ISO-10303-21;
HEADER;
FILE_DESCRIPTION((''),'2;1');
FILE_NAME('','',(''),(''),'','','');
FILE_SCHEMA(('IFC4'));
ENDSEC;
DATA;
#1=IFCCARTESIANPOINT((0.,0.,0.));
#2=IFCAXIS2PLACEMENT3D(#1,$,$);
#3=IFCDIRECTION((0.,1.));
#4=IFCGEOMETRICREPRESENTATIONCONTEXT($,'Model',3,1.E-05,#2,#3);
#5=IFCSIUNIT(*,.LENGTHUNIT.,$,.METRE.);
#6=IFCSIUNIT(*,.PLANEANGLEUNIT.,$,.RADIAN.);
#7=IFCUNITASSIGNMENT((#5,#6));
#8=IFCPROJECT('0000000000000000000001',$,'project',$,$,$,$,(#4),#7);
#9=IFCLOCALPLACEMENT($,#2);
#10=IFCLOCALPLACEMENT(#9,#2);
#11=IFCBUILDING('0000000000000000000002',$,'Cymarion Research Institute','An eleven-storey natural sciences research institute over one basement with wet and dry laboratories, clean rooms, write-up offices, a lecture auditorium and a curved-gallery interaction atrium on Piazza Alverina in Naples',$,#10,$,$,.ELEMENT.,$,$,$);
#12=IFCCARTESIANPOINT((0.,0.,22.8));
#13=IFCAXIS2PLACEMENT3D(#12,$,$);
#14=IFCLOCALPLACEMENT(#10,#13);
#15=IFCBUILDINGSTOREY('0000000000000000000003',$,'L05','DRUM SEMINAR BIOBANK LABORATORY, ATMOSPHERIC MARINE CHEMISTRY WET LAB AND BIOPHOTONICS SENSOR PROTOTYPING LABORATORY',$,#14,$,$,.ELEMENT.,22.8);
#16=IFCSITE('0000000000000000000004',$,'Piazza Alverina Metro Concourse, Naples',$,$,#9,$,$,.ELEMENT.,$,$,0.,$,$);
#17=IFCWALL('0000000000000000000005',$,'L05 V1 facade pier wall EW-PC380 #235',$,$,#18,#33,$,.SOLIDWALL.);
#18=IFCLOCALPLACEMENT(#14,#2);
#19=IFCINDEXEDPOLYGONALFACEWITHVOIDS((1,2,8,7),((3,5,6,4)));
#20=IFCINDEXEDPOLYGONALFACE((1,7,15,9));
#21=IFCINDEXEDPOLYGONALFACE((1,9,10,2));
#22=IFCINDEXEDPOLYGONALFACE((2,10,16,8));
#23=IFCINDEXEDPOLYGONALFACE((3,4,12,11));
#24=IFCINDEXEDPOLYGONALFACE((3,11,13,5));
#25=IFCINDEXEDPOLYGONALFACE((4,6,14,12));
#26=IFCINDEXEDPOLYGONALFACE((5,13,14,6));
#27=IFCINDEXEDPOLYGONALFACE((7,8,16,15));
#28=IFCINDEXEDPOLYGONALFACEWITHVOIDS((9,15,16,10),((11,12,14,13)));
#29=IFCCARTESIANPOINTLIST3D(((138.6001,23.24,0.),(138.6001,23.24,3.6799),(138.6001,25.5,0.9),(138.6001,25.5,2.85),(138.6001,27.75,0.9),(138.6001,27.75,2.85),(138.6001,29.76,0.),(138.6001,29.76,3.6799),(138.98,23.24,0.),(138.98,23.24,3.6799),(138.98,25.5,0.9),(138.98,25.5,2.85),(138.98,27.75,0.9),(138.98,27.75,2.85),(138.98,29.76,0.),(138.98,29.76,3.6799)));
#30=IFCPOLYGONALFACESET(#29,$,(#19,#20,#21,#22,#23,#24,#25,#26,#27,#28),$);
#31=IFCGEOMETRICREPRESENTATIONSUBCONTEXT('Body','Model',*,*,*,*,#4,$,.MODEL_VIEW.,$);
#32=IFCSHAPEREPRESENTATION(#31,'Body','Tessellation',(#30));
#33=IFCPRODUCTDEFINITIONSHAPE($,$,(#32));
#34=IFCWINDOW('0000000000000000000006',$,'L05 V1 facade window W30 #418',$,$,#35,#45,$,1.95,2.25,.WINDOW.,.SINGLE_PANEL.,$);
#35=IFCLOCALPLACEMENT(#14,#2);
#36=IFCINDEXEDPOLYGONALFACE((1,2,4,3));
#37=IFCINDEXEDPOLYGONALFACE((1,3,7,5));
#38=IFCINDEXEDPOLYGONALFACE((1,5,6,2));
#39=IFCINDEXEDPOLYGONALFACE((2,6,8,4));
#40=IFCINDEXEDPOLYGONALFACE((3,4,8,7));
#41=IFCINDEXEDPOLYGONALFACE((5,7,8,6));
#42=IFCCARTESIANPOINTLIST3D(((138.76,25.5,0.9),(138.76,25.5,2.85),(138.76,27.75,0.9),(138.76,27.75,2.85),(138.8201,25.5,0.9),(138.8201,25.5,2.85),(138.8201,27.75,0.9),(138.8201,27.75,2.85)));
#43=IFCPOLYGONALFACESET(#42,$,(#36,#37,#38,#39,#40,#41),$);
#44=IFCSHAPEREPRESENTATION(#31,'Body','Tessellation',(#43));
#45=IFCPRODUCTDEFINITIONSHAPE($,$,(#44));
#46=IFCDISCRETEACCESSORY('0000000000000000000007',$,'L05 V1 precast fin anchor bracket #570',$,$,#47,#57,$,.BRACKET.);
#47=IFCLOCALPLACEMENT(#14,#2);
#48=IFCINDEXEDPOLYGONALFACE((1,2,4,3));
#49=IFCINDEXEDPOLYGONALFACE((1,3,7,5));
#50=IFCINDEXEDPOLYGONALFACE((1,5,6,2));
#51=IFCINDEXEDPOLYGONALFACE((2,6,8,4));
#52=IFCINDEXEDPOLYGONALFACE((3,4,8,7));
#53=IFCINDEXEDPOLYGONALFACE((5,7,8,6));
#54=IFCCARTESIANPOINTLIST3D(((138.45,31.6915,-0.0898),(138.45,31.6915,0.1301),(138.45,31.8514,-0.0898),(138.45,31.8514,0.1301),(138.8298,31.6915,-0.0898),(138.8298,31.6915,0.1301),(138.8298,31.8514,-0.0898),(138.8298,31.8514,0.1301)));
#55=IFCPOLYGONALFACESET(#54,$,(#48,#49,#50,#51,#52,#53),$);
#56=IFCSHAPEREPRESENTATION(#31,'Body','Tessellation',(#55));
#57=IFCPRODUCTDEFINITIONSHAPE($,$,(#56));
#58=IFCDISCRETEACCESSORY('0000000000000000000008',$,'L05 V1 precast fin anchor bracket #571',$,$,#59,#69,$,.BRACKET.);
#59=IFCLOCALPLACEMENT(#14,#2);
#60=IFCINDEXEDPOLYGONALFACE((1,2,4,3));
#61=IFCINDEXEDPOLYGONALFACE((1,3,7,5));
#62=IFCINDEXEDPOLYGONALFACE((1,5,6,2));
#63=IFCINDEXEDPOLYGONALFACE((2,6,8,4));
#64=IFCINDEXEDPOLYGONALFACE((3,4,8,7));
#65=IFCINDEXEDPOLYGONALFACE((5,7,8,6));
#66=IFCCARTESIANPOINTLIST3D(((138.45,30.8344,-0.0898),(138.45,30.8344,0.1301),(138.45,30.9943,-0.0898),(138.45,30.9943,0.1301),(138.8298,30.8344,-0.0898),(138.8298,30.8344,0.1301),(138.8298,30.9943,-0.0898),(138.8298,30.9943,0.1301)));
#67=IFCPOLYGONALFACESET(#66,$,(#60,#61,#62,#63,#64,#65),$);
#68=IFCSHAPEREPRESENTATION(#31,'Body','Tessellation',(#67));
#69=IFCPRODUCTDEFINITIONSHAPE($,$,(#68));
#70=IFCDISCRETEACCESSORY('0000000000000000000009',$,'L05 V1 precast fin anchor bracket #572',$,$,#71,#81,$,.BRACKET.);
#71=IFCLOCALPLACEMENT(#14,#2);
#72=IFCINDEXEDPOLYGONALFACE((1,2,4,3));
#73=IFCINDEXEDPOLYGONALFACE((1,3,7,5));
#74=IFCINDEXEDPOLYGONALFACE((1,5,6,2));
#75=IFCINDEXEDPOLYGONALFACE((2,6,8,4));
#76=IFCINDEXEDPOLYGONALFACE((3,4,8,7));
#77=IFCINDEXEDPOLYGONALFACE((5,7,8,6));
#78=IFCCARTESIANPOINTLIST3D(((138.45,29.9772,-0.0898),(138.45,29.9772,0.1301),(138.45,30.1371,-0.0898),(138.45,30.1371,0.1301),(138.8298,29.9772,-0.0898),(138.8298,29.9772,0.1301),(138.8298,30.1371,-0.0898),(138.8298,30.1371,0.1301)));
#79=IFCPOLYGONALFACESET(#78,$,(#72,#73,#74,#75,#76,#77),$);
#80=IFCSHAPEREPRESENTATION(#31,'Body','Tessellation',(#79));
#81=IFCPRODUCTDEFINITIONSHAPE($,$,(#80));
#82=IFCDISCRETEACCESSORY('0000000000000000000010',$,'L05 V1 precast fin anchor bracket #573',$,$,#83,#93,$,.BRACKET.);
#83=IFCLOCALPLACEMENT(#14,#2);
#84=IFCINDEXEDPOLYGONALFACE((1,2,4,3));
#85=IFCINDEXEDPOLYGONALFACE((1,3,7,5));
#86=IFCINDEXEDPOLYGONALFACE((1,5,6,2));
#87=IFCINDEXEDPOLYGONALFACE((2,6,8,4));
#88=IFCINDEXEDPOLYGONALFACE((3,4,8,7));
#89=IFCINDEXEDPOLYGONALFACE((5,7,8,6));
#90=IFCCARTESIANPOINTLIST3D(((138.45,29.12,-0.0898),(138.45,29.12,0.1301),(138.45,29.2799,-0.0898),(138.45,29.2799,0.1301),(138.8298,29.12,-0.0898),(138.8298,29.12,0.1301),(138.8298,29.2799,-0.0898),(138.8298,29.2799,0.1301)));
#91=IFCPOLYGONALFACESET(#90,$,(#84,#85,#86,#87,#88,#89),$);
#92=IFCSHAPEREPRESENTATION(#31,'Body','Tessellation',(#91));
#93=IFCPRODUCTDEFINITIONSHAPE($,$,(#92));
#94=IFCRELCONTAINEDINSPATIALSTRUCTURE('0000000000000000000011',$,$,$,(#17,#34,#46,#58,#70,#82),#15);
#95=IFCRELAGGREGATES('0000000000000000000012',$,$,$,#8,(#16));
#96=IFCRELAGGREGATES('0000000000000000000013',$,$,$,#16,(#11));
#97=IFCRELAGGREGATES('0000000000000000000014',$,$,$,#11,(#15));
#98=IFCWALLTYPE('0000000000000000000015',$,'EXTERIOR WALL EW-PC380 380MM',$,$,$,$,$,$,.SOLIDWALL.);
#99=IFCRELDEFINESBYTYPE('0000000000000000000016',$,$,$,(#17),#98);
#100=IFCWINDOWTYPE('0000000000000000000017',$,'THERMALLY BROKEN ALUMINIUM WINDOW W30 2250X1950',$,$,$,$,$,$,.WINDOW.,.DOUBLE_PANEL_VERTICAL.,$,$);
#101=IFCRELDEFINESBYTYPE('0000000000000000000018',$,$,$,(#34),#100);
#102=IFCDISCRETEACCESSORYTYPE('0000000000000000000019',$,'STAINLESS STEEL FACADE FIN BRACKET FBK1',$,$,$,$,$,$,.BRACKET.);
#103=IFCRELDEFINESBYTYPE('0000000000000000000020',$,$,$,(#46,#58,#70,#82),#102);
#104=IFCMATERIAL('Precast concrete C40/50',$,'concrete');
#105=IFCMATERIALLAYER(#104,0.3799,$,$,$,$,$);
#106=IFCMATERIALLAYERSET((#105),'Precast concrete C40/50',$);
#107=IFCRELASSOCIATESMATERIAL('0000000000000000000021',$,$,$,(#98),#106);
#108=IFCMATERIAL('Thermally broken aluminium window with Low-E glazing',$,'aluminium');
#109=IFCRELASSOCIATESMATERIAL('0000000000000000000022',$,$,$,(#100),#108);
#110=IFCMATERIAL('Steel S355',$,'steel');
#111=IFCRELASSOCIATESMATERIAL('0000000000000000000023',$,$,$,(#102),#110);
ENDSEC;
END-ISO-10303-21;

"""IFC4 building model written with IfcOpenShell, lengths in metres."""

from ifc_helpers import new_model, si_unit, direction, frame, frame_2d, origin, origin_2d, place, context, subcontext, project, spatial, rectangle, extrude, material, layer, layer_set, type_object, element, fill, save


model = new_model("IFC4")

# Units and contexts
model_context = context("Model", 3, precision=1e-05, world=origin(), true_north=direction((0.0, 1.0)))
body_context = subcontext(model_context, "Body", "Model", "MODEL_VIEW")
ifc_project = project(units=[si_unit("LENGTHUNIT", "METRE"), si_unit("PLANEANGLEUNIT", "RADIAN")], contexts=[model_context])

# Site, building, storey
site_placement = place(None, origin())
site = spatial("IfcSite", under=ifc_project, at=site_placement, Name="Piazza Alverina Metro Concourse, Naples", CompositionType="ELEMENT", RefElevation=0.0)
building_placement = place(site_placement, origin())
building = spatial("IfcBuilding", under=site, at=building_placement, Name="Cymarion Research Institute", Description="An eleven-storey natural sciences research institute over one basement with wet and dry laboratories, clean rooms, write-up offices, a lecture auditorium and a curved-gallery interaction atrium on Piazza Alverina in Naples", CompositionType="ELEMENT")
storey_placement = place(building_placement, frame((0.0, 0.0, 22.8)))
storey = spatial("IfcBuildingStorey", under=building, at=storey_placement, Name="L05", Description="DRUM SEMINAR BIOBANK LABORATORY, ATMOSPHERIC MARINE CHEMISTRY WET LAB AND BIOPHOTONICS SENSOR PROTOTYPING LABORATORY", CompositionType="ELEMENT", Elevation=22.8)

# Shared definitions
ifc_material_1 = material(Name="Steel S355", Category="steel")

# Wall, opening, window
ifc_material_2 = material(Name="Precast concrete C40/50", Category="concrete")
ifc_layer_1 = layer(ifc_material_2, 0.3799)
ifc_layer_set_1 = layer_set([ifc_layer_1], Name="Precast concrete C40/50")
wall_type = type_object("IfcWallType", Name="EXTERIOR WALL EW-PC380 380MM", PredefinedType="SOLIDWALL", material=ifc_layer_set_1)
wall_placement = place(storey_placement, frame((138.79, 29.76, 0.0), z_axis=(0.0, 0.0, 1.0), x_axis=(0.0, -1.0, 0.0)))
wall = element("IfcWall", 1, at=wall_placement, inside=storey, type_object=wall_type, Name="L05 V1 facade pier wall EW-PC380 #235", PredefinedType="SOLIDWALL", context=body_context, shape_type="SweptSolid", body=[
    extrude(rectangle(XDim=6.52, YDim=0.3799, at=frame_2d((3.26, 0.0))), origin(), (0.0, 0.0, 1.0), 3.6799),
])
opening_placement = place(wall_placement, frame((2.01, 0.0, 0.8999)))
opening = element("IfcOpeningElement", 2, at=opening_placement, cuts=wall, PredefinedType="OPENING", context=body_context, shape_type="SweptSolid", body=[
    extrude(rectangle(XDim=2.25, YDim=1.95, at=frame_2d((1.125, 0.9751))), frame((0.0, 0.2, 0.0), z_axis=(0.0, -1.0, 0.0), x_axis=(1.0, 0.0, 0.0)), (0.0, 0.0, 1.0), 0.3999),
])
ifc_material_3 = material(Name="Thermally broken aluminium window with Low-E glazing", Category="aluminium")
window_type = type_object("IfcWindowType", Name="THERMALLY BROKEN ALUMINIUM WINDOW W30 2250X1950", PartitioningType="DOUBLE_PANEL_VERTICAL", PredefinedType="WINDOW", material=ifc_material_3)
window_placement = place(opening_placement, origin())
window = element("IfcWindow", 3, at=window_placement, inside=storey, type_object=window_type, Name="L05 V1 facade window W30 #418", OverallHeight=1.95, OverallWidth=2.25, PartitioningType="SINGLE_PANEL", PredefinedType="WINDOW", context=body_context, shape_type="SweptSolid", body=[
    extrude(rectangle(XDim=2.25, YDim=1.95, at=frame_2d((1.125, 0.9751))), frame((0.0, 0.03, 0.0), z_axis=(0.0, -1.0, 0.0), x_axis=(1.0, 0.0, 0.0)), (0.0, 0.0, 1.0), 0.0601),
])
fill(opening, window)

# Discrete accessories
discrete_accessory_type = type_object("IfcDiscreteAccessoryType", Name="STAINLESS STEEL FACADE FIN BRACKET FBK1", PredefinedType="BRACKET", material=ifc_material_1)
for number, where, z_axis, x_axis, name in (
    (4, (138.6399, 31.7715, -0.0898), (0.0, 0.0, 1.0), (-1.0, 0.0, 0.0), "L05 V1 precast fin anchor bracket #570"),
    (5, (138.6399, 30.9143, -0.0898), (0.0, 0.0, 1.0), (-1.0, 0.0, 0.0), "L05 V1 precast fin anchor bracket #571"),
    (6, (138.6399, 30.0571, -0.0898), (0.0, 0.0, 1.0), (-1.0, 0.0, 0.0), "L05 V1 precast fin anchor bracket #572"),
    (7, (138.6399, 29.2, -0.0898), (0.0, 0.0, 1.0), (-1.0, 0.0, 0.0), "L05 V1 precast fin anchor bracket #573"),
):
    element("IfcDiscreteAccessory", number, at=place(storey_placement, frame(where, z_axis=z_axis, x_axis=x_axis)), inside=storey, type_object=discrete_accessory_type, Name=name, PredefinedType="BRACKET", context=body_context, shape_type="SweptSolid", body=[
        extrude(rectangle(XDim=0.3799, YDim=0.1599, at=origin_2d()), origin(), (0.0, 0.0, 1.0), 0.22),
    ])

save(model, "model.ifc")
